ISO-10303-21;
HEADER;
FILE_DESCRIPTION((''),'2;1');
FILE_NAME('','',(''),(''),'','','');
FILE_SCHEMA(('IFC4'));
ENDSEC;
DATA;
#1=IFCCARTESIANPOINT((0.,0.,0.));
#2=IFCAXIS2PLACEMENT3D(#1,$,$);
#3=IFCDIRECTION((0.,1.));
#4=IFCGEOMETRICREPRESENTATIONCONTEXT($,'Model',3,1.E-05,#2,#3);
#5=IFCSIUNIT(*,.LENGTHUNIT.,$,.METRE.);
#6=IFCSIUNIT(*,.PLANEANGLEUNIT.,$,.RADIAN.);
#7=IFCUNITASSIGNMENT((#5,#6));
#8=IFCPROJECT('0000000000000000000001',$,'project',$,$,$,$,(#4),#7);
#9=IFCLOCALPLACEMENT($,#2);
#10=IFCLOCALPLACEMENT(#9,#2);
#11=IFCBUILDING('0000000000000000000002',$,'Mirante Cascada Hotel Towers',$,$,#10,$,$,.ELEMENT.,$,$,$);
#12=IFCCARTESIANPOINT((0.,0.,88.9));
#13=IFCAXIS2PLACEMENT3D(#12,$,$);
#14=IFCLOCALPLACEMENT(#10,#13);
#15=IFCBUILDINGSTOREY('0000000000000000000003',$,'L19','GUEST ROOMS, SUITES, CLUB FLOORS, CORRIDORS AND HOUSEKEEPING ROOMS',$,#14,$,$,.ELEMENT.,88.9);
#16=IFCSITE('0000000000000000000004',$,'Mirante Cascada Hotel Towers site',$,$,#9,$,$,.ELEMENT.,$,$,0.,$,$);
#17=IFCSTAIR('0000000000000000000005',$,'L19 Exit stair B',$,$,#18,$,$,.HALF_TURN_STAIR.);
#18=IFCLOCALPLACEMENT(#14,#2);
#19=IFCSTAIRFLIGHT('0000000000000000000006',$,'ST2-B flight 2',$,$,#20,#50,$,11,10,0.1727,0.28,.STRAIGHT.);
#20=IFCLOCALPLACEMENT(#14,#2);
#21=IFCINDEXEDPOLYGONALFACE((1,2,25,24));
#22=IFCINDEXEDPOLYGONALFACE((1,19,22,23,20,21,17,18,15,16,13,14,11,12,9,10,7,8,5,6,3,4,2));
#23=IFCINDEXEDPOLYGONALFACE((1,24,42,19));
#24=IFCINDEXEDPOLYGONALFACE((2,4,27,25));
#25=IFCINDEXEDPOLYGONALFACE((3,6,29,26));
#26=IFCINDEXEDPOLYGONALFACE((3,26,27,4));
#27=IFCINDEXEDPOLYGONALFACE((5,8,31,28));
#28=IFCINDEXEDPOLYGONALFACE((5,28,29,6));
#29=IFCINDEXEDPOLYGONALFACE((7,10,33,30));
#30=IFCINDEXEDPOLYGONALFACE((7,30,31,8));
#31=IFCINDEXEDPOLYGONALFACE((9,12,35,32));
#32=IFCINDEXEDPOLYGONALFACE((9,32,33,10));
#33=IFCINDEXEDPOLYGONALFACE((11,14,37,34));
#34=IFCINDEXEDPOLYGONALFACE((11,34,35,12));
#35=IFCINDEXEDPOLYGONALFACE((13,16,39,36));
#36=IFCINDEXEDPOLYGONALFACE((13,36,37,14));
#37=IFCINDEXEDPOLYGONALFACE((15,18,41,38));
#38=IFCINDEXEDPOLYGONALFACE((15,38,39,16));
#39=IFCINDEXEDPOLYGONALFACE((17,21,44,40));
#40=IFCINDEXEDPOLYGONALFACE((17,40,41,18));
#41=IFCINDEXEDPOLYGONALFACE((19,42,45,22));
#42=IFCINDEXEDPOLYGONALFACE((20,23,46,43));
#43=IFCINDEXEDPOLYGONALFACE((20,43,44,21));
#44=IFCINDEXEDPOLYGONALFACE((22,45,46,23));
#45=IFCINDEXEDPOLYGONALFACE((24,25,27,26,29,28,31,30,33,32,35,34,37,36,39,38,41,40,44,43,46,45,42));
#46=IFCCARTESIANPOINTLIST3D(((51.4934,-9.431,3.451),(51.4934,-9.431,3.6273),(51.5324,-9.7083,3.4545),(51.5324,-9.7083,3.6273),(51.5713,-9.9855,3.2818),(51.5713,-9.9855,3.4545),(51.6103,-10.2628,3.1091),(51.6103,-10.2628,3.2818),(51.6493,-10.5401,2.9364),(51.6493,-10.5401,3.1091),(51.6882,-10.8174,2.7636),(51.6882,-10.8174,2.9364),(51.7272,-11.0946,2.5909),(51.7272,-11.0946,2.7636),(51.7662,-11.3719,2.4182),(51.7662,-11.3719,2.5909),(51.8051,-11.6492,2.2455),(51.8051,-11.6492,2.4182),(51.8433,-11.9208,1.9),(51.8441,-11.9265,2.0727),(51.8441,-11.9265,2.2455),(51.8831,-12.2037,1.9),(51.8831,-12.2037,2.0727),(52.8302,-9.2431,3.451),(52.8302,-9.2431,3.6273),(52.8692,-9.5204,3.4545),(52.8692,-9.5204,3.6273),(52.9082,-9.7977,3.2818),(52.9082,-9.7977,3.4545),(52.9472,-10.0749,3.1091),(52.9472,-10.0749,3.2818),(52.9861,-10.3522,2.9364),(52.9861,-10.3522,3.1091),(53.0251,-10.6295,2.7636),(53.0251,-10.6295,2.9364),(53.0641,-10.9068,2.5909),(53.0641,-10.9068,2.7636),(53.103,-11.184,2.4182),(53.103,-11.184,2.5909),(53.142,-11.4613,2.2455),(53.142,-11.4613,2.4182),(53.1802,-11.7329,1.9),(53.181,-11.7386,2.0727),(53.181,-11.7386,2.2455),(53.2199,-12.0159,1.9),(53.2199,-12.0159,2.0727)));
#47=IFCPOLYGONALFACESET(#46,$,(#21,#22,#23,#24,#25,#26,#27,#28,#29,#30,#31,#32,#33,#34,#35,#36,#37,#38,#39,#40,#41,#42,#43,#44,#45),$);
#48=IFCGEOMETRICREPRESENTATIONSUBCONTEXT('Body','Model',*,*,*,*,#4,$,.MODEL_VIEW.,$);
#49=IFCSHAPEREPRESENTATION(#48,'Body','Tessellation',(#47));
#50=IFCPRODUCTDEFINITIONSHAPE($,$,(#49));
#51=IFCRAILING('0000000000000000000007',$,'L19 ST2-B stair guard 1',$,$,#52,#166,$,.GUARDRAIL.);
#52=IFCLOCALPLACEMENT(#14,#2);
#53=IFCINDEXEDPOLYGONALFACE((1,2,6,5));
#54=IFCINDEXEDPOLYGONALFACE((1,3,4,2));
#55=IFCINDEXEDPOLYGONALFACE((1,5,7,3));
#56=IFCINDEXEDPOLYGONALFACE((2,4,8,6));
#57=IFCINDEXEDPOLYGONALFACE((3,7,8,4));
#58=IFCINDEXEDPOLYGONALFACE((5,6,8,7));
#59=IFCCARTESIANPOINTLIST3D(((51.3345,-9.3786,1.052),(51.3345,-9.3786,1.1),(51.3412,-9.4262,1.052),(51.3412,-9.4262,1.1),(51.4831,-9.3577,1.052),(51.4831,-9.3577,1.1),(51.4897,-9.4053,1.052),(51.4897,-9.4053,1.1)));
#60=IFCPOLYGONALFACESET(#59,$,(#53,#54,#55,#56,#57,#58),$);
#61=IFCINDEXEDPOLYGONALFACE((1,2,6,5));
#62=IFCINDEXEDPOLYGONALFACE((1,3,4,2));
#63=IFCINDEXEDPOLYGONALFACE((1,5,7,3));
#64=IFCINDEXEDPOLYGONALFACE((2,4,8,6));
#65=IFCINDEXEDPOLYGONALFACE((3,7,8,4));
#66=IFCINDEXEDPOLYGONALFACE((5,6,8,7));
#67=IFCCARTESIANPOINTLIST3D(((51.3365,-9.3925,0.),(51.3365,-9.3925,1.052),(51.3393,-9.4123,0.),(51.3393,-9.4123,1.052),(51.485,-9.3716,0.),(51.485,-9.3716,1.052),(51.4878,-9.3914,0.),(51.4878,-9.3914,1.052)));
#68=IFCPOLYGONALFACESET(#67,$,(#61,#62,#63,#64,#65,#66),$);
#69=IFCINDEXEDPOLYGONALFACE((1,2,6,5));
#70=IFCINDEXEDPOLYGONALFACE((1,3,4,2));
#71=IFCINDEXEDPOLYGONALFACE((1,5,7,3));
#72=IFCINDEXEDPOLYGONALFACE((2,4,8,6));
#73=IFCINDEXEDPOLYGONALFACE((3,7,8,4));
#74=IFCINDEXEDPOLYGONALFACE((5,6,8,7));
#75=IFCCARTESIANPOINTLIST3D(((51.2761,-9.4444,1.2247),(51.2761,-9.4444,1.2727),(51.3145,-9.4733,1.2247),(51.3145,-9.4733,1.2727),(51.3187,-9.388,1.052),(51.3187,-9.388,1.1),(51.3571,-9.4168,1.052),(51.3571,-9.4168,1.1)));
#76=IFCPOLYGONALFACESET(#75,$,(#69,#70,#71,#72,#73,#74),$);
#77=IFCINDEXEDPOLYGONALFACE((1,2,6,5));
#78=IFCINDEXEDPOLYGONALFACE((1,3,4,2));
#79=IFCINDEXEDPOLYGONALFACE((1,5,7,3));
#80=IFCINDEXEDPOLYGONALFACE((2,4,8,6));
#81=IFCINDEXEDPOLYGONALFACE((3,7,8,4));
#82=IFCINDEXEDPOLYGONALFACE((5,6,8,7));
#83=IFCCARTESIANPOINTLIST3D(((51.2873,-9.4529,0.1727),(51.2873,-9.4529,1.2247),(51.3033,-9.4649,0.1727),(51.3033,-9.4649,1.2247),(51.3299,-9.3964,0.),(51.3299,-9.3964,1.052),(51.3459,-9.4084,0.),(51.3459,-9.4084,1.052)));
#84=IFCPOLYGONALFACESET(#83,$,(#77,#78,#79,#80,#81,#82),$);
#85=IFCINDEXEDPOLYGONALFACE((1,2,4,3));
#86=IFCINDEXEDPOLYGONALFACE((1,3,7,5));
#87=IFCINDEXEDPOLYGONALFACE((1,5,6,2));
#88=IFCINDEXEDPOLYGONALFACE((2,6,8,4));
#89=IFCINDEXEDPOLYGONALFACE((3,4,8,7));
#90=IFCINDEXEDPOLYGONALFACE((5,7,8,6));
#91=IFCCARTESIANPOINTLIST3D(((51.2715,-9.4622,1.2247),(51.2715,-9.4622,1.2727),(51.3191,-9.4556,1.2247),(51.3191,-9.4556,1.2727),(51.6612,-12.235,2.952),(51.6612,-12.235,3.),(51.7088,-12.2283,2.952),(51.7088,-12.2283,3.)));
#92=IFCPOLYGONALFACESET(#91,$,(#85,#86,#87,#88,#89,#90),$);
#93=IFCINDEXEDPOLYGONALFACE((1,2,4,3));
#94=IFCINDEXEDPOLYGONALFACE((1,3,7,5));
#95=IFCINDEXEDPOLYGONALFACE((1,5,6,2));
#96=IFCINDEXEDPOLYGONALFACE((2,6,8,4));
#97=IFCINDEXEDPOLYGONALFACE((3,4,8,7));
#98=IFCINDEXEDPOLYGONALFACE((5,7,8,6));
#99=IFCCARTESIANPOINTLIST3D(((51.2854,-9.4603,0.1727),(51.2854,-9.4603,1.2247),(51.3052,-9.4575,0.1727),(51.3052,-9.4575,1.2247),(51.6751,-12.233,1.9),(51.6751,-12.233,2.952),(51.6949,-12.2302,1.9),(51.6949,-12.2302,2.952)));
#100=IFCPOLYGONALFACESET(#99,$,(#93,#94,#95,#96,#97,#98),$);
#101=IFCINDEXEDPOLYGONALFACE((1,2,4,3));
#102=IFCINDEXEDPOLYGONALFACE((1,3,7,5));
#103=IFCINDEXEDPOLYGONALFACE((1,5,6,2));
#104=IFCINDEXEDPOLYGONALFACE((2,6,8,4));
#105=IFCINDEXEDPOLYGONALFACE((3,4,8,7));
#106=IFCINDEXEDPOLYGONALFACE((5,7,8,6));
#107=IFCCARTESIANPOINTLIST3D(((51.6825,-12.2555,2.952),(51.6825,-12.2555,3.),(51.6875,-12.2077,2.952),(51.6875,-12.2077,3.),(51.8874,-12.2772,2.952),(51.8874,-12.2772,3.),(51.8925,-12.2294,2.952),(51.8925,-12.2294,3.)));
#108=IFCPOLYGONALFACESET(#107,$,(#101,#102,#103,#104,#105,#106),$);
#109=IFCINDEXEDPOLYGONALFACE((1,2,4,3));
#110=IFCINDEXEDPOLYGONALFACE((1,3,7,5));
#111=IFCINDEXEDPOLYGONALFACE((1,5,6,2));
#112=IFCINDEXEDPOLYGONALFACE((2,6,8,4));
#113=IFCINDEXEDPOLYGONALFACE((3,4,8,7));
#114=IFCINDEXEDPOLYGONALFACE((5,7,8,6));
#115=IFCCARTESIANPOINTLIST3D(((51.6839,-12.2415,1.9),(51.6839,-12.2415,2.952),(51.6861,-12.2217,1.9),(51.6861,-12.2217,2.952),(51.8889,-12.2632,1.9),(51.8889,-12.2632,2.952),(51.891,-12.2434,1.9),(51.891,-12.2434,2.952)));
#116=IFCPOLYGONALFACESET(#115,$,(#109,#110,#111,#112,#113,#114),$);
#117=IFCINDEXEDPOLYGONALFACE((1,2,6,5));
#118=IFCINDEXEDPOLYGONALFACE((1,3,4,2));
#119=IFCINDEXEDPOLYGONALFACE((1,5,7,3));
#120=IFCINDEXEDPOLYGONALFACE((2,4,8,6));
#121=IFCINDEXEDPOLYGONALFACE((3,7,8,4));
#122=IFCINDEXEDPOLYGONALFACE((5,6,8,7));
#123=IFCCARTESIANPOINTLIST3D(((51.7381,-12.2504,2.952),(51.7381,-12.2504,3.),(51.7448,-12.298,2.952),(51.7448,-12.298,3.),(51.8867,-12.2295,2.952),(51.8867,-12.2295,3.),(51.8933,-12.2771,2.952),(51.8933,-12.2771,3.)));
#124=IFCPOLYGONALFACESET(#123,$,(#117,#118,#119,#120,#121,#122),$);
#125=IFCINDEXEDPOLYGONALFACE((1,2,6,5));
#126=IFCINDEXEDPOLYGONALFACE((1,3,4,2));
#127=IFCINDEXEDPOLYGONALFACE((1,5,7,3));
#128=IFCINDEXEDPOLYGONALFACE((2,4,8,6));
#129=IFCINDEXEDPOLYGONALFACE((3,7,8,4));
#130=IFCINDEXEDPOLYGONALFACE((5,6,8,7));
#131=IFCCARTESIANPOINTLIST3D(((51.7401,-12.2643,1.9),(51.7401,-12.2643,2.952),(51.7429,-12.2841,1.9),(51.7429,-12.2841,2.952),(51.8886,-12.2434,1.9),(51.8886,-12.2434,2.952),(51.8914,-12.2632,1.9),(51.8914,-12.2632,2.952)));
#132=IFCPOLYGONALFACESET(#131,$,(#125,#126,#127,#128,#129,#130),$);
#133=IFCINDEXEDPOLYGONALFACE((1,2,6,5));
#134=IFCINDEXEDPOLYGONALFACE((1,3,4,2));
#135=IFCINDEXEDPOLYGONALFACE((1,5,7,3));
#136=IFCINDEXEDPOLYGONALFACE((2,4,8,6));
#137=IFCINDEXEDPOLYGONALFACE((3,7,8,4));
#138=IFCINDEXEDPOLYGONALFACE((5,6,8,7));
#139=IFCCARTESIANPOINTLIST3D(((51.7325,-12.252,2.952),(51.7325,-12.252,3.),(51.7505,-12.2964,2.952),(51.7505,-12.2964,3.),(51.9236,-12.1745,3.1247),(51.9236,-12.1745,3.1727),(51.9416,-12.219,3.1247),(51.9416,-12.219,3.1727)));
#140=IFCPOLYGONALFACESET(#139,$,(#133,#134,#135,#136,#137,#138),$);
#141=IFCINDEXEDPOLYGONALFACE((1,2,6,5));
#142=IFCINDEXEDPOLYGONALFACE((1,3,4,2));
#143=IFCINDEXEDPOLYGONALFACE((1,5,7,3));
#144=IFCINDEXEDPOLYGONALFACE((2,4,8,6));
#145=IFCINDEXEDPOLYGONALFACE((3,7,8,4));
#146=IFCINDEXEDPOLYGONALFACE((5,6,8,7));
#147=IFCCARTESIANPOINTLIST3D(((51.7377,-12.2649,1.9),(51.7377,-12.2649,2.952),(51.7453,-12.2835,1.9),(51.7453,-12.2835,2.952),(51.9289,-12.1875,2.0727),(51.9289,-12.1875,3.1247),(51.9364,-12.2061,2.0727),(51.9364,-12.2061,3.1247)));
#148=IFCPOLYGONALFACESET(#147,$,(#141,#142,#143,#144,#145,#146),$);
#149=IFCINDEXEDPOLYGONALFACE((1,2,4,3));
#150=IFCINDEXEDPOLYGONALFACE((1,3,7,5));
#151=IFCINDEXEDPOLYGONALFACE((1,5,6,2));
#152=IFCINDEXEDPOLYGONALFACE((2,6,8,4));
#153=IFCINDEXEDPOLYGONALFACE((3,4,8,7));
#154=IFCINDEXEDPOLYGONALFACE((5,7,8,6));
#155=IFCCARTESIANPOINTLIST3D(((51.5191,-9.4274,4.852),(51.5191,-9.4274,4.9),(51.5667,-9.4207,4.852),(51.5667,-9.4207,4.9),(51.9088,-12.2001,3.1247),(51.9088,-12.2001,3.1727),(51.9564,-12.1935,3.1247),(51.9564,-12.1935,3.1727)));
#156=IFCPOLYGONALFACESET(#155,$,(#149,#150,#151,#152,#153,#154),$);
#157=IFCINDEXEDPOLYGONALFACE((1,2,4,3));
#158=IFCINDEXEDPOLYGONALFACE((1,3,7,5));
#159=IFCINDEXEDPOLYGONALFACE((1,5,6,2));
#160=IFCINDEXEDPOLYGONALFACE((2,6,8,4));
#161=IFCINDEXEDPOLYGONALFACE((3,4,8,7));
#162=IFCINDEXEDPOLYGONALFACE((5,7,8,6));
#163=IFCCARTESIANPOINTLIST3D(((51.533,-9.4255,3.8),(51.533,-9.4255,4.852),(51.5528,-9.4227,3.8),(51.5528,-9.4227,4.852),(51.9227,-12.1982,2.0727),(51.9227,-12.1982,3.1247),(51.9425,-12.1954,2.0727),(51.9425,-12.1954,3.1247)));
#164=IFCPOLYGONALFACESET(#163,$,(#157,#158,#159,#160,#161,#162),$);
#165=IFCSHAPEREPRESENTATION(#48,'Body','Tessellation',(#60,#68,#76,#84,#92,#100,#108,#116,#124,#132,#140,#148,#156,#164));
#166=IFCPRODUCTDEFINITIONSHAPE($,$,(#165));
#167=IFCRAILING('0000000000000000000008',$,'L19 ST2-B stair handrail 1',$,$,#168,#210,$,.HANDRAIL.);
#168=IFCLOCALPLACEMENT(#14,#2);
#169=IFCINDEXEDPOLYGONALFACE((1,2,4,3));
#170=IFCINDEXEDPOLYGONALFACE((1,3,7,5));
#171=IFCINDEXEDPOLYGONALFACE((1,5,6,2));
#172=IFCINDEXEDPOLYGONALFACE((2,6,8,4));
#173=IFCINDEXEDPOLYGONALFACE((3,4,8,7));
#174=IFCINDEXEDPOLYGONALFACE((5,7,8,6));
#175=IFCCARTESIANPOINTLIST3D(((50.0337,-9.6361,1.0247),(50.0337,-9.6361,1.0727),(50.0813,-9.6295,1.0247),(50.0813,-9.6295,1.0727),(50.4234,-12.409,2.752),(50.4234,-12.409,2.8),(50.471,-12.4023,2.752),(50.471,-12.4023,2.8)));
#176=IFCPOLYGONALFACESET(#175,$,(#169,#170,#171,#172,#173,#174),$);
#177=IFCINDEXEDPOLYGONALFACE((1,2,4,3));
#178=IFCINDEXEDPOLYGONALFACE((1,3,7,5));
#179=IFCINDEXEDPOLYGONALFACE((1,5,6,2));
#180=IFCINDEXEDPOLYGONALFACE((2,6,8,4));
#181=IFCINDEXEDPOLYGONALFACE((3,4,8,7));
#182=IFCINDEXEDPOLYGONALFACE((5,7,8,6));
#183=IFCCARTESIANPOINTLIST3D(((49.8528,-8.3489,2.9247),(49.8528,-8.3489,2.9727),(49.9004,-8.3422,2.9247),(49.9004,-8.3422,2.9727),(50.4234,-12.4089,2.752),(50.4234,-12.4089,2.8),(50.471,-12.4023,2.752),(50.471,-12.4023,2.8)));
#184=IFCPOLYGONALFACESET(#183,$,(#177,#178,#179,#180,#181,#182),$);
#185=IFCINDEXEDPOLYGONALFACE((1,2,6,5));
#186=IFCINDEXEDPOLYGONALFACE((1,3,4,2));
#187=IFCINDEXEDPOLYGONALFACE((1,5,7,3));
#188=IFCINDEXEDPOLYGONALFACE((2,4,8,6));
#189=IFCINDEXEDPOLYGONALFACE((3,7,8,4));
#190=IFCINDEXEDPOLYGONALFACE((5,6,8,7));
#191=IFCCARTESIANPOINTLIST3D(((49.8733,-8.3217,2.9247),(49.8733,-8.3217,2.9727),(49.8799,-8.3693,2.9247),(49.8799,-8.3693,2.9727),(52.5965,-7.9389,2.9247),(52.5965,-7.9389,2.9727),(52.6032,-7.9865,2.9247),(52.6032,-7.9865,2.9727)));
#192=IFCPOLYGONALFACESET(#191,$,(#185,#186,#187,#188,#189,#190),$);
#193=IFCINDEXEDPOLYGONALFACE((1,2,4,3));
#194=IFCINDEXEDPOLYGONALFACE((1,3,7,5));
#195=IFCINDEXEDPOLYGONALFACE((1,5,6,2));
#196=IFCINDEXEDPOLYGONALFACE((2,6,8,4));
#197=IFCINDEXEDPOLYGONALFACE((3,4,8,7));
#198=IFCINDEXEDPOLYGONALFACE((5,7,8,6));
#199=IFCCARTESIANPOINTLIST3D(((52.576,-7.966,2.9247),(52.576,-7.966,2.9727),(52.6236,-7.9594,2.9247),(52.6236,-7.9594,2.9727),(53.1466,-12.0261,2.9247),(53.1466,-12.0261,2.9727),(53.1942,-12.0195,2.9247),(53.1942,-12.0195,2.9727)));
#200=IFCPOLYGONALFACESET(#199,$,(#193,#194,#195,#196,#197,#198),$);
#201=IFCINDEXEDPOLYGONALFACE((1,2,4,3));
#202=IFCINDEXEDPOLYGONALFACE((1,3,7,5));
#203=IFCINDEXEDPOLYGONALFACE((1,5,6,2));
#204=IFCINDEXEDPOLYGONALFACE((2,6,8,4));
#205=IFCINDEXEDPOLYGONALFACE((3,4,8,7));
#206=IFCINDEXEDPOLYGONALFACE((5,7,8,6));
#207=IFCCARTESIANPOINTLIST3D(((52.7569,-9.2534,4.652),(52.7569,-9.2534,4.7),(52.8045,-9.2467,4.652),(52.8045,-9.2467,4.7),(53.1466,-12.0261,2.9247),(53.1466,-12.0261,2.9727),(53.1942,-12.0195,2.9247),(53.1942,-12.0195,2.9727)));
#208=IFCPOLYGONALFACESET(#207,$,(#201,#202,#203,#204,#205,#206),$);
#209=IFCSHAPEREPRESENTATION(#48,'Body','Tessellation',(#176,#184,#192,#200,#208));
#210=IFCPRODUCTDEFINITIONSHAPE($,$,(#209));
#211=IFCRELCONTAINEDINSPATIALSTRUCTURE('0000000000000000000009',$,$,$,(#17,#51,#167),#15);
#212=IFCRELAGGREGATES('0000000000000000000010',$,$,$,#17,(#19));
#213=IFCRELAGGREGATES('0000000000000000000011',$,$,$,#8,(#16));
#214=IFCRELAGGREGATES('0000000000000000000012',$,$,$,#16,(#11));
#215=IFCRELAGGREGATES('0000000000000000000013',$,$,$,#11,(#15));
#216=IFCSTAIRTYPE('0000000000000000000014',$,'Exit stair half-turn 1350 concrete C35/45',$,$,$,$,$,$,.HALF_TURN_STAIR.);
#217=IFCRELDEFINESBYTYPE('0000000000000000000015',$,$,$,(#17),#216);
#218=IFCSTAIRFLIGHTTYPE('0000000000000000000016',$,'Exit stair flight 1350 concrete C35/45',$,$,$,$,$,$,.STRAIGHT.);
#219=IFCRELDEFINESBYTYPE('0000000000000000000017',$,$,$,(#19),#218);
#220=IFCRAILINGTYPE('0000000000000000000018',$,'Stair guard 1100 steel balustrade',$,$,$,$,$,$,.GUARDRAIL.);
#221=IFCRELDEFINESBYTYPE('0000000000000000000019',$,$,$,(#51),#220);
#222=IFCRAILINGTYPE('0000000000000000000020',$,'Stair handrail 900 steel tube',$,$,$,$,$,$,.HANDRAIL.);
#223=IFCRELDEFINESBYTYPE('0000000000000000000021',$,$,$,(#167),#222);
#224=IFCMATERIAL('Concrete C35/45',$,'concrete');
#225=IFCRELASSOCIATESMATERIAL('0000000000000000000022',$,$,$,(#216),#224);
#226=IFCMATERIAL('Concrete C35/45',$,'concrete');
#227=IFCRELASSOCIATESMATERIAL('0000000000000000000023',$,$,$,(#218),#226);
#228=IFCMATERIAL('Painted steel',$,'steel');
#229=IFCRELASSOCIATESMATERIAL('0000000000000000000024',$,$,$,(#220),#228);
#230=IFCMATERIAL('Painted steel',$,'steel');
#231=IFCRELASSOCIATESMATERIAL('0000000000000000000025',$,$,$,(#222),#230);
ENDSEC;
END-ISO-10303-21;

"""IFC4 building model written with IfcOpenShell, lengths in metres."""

from ifc_helpers import new_model, si_unit, direction, frame, origin, origin_2d, place, context, subcontext, project, spatial, polyline, rectangle, outline, extrude, material, type_object, element, aggregate, save


model = new_model("IFC4")

# Units and contexts
model_context = context("Model", 3, precision=1e-05, world=origin(), true_north=direction((0.0, 1.0)))
body_context = subcontext(model_context, "Body", "Model", "MODEL_VIEW")
ifc_project = project(units=[si_unit("LENGTHUNIT", "METRE"), si_unit("PLANEANGLEUNIT", "RADIAN")], contexts=[model_context])

# Site, building, storey
site_placement = place(None, origin())
site = spatial("IfcSite", under=ifc_project, at=site_placement, Name="Mirante Cascada Hotel Towers site", CompositionType="ELEMENT", RefElevation=0.0)
building_placement = place(site_placement, origin())
building = spatial("IfcBuilding", under=site, at=building_placement, Name="Mirante Cascada Hotel Towers", CompositionType="ELEMENT")
storey_placement = place(building_placement, frame((0.0, 0.0, 88.9)))
storey = spatial("IfcBuildingStorey", under=building, at=storey_placement, Name="L19", Description="GUEST ROOMS, SUITES, CLUB FLOORS, CORRIDORS AND HOUSEKEEPING ROOMS", CompositionType="ELEMENT", Elevation=88.9)

# Stair, stair flight
ifc_material_1 = material(Name="Concrete C35/45", Category="concrete")
stair_type = type_object("IfcStairType", Name="Exit stair half-turn 1350 concrete C35/45", PredefinedType="HALF_TURN_STAIR", material=ifc_material_1)
stair_placement = place(storey_placement, origin())
stair = element("IfcStair", 1, at=stair_placement, inside=storey, type_object=stair_type, Name="L19 Exit stair B", PredefinedType="HALF_TURN_STAIR")
ifc_material_2 = material(Name="Concrete C35/45", Category="concrete")
stair_flight_type = type_object("IfcStairFlightType", Name="Exit stair flight 1350 concrete C35/45", PredefinedType="STRAIGHT", material=ifc_material_2)
stair_flight_1_placement = place(storey_placement, frame((52.5515, -12.1098, 1.9), z_axis=(0.0, 0.0, 1.0), x_axis=(-0.139173, 0.990268, 0.0)))
stair_flight_1 = element("IfcStairFlight", 2, at=stair_flight_1_placement, type_object=stair_flight_type, Name="ST2-B flight 2", NumberOfRisers=11, NumberOfTreads=10, PredefinedType="STRAIGHT", RiserHeight=0.1727, TreadLength=0.28, context=body_context, shape_type="SweptSolid", body=[
    extrude(outline(polyline([(0.0, 0.0), (0.0, 0.1727), (0.28, 0.1727), (0.28, 0.3455), (0.56, 0.3455), (0.56, 0.5182), (0.84, 0.5182), (0.84, 0.6909), (1.12, 0.6909), (1.12, 0.8636), (1.4, 0.8636), (1.4, 1.0364), (1.68, 1.0364), (1.68, 1.2091), (1.96, 1.2091), (1.96, 1.3818), (2.24, 1.3818), (2.24, 1.5545), (2.52, 1.5545), (2.52, 1.7273), (2.8, 1.7273), (2.8, 1.9), (2.8, 1.551), (0.2857, 0.0), (0.0, 0.0)])), frame((0.0, 0.675, 0.0), z_axis=(0.0, -1.0, 0.0), x_axis=(1.0, 0.0, 0.0)), (0.0, 0.0, 1.0), 1.35),
])
aggregate(stair, [stair_flight_1])

# Railings
ifc_material_3 = material(Name="Painted steel", Category="steel")
railing_type_1 = type_object("IfcRailingType", Name="Stair guard 1100 steel balustrade", PredefinedType="GUARDRAIL", material=ifc_material_3)
railing_1_placement = place(storey_placement, frame((51.4864, -9.3815, 0.0)))
element("IfcRailing", 3, at=railing_1_placement, inside=storey, type_object=railing_type_1, Name="L19 ST2-B stair guard 1", PredefinedType="GUARDRAIL", context=body_context, shape_type="SweptSolid", body=[
    extrude(rectangle(XDim=0.048, YDim=0.048, at=origin_2d()), frame((0.0, 0.0, 1.076), z_axis=(-0.990241, -0.139367, 0.0), x_axis=(0.139367, -0.990241, 0.0)), (0.0, 0.0, 1.0), 0.15),
    extrude(rectangle(XDim=0.02, YDim=1.052, at=origin_2d()), frame((0.0, 0.0, 0.526), z_axis=(-0.990241, -0.139367, 0.0), x_axis=(0.139367, -0.990241, 0.0)), (0.0, 0.0, 1.0), 0.15),
    extrude(rectangle(XDim=0.048, YDim=0.048, at=origin_2d()), frame((-0.1485, -0.0209, 1.076), z_axis=(-0.602033, -0.798471, 0.0), x_axis=(0.798471, -0.602033, 0.0)), (0.0, 0.92534, 0.379139), 0.1866),
    extrude(rectangle(XDim=0.02, YDim=1.052, at=origin_2d()), frame((-0.1485, -0.0209, 0.526), z_axis=(-0.602033, -0.798471, 0.0), x_axis=(0.798471, -0.602033, 0.0)), (0.0, 0.92534, 0.379139), 0.1866),
    extrude(rectangle(XDim=0.048, YDim=0.048, at=origin_2d()), frame((-0.1911, -0.0774, 1.2487), z_axis=(0.139181, -0.990267, 0.0), x_axis=(0.990267, 0.139181, 0.0)), (0.0, 0.525035, 0.851081), 3.2899),
    extrude(rectangle(XDim=0.02, YDim=1.052, at=origin_2d()), frame((-0.1911, -0.0774, 0.6987), z_axis=(0.139181, -0.990267, 0.0), x_axis=(0.990267, 0.139181, 0.0)), (0.0, 0.525035, 0.851081), 3.2899),
    extrude(rectangle(XDim=0.048, YDim=0.048, at=origin_2d()), frame((0.1986, -2.8501, 2.976), z_axis=(0.994444, -0.105266, 0.0), x_axis=(0.105266, 0.994444, 0.0)), (0.0, 0.0, 1.0), 0.2061),
    extrude(rectangle(XDim=0.02, YDim=1.052, at=origin_2d()), frame((0.1986, -2.8501, 2.426), z_axis=(0.994444, -0.105266, 0.0), x_axis=(0.105266, 0.994444, 0.0)), (0.0, 0.0, 1.0), 0.2061),
    extrude(rectangle(XDim=0.048, YDim=0.048, at=origin_2d()), frame((0.4036, -2.8718, 2.976), z_axis=(-0.990241, -0.139367, 0.0), x_axis=(0.139367, -0.990241, 0.0)), (0.0, 0.0, 1.0), 0.15),
    extrude(rectangle(XDim=0.02, YDim=1.052, at=origin_2d()), frame((0.4036, -2.8718, 2.426), z_axis=(-0.990241, -0.139367, 0.0), x_axis=(0.139367, -0.990241, 0.0)), (0.0, 0.0, 1.0), 0.15),
    extrude(rectangle(XDim=0.048, YDim=0.048, at=origin_2d()), frame((0.2551, -2.8927, 2.976), z_axis=(0.926862, 0.375401, 0.0), x_axis=(-0.375401, 0.926862, 0.0)), (0.0, 0.642122, 0.766603), 0.269),
    extrude(rectangle(XDim=0.02, YDim=1.052, at=origin_2d()), frame((0.2551, -2.8927, 2.426), z_axis=(0.926862, 0.375401, 0.0), x_axis=(-0.375401, 0.926862, 0.0)), (0.0, 0.642122, 0.766603), 0.269),
    extrude(rectangle(XDim=0.048, YDim=0.048, at=origin_2d()), frame((0.4462, -2.8153, 3.1487), z_axis=(-0.139181, 0.990267, 0.0), x_axis=(-0.990267, -0.139181, 0.0)), (0.0, 0.525035, 0.851081), 3.2899),
    extrude(rectangle(XDim=0.02, YDim=1.052, at=origin_2d()), frame((0.4462, -2.8153, 2.5987), z_axis=(-0.139181, 0.990267, 0.0), x_axis=(-0.990267, -0.139181, 0.0)), (0.0, 0.525035, 0.851081), 3.2899),
])
ifc_material_4 = material(Name="Painted steel", Category="steel")
railing_type_2 = type_object("IfcRailingType", Name="Stair handrail 900 steel tube", PredefinedType="HANDRAIL", material=ifc_material_4)
railing_2_placement = place(storey_placement, frame((50.0575, -9.6328, 0.1727)))
element("IfcRailing", 4, at=railing_2_placement, inside=storey, type_object=railing_type_2, Name="L19 ST2-B stair handrail 1", PredefinedType="HANDRAIL", context=body_context, shape_type="SweptSolid", body=[
    extrude(rectangle(XDim=0.048, YDim=0.048, at=origin_2d()), frame((0.0, 0.0, 0.876), z_axis=(0.139176, -0.990268, 0.0), x_axis=(0.990268, 0.139176, 0.0)), (0.0, 0.525021, 0.851089), 3.29),
    extrude(rectangle(XDim=0.048, YDim=0.048, at=origin_2d()), frame((0.3897, -2.7728, 2.6033), z_axis=(-0.139171, 0.990268, 0.0), x_axis=(-0.990268, -0.139171, 0.0)), (0.0, 0.042085, 0.999114), 4.1036),
    extrude(rectangle(XDim=0.048, YDim=0.048, at=origin_2d()), frame((-0.1809, 1.2873, 2.776), z_axis=(0.990264, 0.139201, 0.0), x_axis=(-0.139201, 0.990264, 0.0)), (0.0, 0.0, 1.0), 2.75),
    extrude(rectangle(XDim=0.048, YDim=0.048, at=origin_2d()), frame((2.5423, 1.6701, 2.776), z_axis=(0.139171, -0.990268, 0.0), x_axis=(0.990268, 0.139171, 0.0)), (0.0, 0.0, 1.0), 4.1),
    extrude(rectangle(XDim=0.048, YDim=0.048, at=origin_2d()), frame((3.1129, -2.39, 2.776), z_axis=(-0.139181, 0.990267, 0.0), x_axis=(-0.990267, -0.139181, 0.0)), (0.0, 0.525035, 0.851081), 3.2899),
])

save(model, "model.ifc")
